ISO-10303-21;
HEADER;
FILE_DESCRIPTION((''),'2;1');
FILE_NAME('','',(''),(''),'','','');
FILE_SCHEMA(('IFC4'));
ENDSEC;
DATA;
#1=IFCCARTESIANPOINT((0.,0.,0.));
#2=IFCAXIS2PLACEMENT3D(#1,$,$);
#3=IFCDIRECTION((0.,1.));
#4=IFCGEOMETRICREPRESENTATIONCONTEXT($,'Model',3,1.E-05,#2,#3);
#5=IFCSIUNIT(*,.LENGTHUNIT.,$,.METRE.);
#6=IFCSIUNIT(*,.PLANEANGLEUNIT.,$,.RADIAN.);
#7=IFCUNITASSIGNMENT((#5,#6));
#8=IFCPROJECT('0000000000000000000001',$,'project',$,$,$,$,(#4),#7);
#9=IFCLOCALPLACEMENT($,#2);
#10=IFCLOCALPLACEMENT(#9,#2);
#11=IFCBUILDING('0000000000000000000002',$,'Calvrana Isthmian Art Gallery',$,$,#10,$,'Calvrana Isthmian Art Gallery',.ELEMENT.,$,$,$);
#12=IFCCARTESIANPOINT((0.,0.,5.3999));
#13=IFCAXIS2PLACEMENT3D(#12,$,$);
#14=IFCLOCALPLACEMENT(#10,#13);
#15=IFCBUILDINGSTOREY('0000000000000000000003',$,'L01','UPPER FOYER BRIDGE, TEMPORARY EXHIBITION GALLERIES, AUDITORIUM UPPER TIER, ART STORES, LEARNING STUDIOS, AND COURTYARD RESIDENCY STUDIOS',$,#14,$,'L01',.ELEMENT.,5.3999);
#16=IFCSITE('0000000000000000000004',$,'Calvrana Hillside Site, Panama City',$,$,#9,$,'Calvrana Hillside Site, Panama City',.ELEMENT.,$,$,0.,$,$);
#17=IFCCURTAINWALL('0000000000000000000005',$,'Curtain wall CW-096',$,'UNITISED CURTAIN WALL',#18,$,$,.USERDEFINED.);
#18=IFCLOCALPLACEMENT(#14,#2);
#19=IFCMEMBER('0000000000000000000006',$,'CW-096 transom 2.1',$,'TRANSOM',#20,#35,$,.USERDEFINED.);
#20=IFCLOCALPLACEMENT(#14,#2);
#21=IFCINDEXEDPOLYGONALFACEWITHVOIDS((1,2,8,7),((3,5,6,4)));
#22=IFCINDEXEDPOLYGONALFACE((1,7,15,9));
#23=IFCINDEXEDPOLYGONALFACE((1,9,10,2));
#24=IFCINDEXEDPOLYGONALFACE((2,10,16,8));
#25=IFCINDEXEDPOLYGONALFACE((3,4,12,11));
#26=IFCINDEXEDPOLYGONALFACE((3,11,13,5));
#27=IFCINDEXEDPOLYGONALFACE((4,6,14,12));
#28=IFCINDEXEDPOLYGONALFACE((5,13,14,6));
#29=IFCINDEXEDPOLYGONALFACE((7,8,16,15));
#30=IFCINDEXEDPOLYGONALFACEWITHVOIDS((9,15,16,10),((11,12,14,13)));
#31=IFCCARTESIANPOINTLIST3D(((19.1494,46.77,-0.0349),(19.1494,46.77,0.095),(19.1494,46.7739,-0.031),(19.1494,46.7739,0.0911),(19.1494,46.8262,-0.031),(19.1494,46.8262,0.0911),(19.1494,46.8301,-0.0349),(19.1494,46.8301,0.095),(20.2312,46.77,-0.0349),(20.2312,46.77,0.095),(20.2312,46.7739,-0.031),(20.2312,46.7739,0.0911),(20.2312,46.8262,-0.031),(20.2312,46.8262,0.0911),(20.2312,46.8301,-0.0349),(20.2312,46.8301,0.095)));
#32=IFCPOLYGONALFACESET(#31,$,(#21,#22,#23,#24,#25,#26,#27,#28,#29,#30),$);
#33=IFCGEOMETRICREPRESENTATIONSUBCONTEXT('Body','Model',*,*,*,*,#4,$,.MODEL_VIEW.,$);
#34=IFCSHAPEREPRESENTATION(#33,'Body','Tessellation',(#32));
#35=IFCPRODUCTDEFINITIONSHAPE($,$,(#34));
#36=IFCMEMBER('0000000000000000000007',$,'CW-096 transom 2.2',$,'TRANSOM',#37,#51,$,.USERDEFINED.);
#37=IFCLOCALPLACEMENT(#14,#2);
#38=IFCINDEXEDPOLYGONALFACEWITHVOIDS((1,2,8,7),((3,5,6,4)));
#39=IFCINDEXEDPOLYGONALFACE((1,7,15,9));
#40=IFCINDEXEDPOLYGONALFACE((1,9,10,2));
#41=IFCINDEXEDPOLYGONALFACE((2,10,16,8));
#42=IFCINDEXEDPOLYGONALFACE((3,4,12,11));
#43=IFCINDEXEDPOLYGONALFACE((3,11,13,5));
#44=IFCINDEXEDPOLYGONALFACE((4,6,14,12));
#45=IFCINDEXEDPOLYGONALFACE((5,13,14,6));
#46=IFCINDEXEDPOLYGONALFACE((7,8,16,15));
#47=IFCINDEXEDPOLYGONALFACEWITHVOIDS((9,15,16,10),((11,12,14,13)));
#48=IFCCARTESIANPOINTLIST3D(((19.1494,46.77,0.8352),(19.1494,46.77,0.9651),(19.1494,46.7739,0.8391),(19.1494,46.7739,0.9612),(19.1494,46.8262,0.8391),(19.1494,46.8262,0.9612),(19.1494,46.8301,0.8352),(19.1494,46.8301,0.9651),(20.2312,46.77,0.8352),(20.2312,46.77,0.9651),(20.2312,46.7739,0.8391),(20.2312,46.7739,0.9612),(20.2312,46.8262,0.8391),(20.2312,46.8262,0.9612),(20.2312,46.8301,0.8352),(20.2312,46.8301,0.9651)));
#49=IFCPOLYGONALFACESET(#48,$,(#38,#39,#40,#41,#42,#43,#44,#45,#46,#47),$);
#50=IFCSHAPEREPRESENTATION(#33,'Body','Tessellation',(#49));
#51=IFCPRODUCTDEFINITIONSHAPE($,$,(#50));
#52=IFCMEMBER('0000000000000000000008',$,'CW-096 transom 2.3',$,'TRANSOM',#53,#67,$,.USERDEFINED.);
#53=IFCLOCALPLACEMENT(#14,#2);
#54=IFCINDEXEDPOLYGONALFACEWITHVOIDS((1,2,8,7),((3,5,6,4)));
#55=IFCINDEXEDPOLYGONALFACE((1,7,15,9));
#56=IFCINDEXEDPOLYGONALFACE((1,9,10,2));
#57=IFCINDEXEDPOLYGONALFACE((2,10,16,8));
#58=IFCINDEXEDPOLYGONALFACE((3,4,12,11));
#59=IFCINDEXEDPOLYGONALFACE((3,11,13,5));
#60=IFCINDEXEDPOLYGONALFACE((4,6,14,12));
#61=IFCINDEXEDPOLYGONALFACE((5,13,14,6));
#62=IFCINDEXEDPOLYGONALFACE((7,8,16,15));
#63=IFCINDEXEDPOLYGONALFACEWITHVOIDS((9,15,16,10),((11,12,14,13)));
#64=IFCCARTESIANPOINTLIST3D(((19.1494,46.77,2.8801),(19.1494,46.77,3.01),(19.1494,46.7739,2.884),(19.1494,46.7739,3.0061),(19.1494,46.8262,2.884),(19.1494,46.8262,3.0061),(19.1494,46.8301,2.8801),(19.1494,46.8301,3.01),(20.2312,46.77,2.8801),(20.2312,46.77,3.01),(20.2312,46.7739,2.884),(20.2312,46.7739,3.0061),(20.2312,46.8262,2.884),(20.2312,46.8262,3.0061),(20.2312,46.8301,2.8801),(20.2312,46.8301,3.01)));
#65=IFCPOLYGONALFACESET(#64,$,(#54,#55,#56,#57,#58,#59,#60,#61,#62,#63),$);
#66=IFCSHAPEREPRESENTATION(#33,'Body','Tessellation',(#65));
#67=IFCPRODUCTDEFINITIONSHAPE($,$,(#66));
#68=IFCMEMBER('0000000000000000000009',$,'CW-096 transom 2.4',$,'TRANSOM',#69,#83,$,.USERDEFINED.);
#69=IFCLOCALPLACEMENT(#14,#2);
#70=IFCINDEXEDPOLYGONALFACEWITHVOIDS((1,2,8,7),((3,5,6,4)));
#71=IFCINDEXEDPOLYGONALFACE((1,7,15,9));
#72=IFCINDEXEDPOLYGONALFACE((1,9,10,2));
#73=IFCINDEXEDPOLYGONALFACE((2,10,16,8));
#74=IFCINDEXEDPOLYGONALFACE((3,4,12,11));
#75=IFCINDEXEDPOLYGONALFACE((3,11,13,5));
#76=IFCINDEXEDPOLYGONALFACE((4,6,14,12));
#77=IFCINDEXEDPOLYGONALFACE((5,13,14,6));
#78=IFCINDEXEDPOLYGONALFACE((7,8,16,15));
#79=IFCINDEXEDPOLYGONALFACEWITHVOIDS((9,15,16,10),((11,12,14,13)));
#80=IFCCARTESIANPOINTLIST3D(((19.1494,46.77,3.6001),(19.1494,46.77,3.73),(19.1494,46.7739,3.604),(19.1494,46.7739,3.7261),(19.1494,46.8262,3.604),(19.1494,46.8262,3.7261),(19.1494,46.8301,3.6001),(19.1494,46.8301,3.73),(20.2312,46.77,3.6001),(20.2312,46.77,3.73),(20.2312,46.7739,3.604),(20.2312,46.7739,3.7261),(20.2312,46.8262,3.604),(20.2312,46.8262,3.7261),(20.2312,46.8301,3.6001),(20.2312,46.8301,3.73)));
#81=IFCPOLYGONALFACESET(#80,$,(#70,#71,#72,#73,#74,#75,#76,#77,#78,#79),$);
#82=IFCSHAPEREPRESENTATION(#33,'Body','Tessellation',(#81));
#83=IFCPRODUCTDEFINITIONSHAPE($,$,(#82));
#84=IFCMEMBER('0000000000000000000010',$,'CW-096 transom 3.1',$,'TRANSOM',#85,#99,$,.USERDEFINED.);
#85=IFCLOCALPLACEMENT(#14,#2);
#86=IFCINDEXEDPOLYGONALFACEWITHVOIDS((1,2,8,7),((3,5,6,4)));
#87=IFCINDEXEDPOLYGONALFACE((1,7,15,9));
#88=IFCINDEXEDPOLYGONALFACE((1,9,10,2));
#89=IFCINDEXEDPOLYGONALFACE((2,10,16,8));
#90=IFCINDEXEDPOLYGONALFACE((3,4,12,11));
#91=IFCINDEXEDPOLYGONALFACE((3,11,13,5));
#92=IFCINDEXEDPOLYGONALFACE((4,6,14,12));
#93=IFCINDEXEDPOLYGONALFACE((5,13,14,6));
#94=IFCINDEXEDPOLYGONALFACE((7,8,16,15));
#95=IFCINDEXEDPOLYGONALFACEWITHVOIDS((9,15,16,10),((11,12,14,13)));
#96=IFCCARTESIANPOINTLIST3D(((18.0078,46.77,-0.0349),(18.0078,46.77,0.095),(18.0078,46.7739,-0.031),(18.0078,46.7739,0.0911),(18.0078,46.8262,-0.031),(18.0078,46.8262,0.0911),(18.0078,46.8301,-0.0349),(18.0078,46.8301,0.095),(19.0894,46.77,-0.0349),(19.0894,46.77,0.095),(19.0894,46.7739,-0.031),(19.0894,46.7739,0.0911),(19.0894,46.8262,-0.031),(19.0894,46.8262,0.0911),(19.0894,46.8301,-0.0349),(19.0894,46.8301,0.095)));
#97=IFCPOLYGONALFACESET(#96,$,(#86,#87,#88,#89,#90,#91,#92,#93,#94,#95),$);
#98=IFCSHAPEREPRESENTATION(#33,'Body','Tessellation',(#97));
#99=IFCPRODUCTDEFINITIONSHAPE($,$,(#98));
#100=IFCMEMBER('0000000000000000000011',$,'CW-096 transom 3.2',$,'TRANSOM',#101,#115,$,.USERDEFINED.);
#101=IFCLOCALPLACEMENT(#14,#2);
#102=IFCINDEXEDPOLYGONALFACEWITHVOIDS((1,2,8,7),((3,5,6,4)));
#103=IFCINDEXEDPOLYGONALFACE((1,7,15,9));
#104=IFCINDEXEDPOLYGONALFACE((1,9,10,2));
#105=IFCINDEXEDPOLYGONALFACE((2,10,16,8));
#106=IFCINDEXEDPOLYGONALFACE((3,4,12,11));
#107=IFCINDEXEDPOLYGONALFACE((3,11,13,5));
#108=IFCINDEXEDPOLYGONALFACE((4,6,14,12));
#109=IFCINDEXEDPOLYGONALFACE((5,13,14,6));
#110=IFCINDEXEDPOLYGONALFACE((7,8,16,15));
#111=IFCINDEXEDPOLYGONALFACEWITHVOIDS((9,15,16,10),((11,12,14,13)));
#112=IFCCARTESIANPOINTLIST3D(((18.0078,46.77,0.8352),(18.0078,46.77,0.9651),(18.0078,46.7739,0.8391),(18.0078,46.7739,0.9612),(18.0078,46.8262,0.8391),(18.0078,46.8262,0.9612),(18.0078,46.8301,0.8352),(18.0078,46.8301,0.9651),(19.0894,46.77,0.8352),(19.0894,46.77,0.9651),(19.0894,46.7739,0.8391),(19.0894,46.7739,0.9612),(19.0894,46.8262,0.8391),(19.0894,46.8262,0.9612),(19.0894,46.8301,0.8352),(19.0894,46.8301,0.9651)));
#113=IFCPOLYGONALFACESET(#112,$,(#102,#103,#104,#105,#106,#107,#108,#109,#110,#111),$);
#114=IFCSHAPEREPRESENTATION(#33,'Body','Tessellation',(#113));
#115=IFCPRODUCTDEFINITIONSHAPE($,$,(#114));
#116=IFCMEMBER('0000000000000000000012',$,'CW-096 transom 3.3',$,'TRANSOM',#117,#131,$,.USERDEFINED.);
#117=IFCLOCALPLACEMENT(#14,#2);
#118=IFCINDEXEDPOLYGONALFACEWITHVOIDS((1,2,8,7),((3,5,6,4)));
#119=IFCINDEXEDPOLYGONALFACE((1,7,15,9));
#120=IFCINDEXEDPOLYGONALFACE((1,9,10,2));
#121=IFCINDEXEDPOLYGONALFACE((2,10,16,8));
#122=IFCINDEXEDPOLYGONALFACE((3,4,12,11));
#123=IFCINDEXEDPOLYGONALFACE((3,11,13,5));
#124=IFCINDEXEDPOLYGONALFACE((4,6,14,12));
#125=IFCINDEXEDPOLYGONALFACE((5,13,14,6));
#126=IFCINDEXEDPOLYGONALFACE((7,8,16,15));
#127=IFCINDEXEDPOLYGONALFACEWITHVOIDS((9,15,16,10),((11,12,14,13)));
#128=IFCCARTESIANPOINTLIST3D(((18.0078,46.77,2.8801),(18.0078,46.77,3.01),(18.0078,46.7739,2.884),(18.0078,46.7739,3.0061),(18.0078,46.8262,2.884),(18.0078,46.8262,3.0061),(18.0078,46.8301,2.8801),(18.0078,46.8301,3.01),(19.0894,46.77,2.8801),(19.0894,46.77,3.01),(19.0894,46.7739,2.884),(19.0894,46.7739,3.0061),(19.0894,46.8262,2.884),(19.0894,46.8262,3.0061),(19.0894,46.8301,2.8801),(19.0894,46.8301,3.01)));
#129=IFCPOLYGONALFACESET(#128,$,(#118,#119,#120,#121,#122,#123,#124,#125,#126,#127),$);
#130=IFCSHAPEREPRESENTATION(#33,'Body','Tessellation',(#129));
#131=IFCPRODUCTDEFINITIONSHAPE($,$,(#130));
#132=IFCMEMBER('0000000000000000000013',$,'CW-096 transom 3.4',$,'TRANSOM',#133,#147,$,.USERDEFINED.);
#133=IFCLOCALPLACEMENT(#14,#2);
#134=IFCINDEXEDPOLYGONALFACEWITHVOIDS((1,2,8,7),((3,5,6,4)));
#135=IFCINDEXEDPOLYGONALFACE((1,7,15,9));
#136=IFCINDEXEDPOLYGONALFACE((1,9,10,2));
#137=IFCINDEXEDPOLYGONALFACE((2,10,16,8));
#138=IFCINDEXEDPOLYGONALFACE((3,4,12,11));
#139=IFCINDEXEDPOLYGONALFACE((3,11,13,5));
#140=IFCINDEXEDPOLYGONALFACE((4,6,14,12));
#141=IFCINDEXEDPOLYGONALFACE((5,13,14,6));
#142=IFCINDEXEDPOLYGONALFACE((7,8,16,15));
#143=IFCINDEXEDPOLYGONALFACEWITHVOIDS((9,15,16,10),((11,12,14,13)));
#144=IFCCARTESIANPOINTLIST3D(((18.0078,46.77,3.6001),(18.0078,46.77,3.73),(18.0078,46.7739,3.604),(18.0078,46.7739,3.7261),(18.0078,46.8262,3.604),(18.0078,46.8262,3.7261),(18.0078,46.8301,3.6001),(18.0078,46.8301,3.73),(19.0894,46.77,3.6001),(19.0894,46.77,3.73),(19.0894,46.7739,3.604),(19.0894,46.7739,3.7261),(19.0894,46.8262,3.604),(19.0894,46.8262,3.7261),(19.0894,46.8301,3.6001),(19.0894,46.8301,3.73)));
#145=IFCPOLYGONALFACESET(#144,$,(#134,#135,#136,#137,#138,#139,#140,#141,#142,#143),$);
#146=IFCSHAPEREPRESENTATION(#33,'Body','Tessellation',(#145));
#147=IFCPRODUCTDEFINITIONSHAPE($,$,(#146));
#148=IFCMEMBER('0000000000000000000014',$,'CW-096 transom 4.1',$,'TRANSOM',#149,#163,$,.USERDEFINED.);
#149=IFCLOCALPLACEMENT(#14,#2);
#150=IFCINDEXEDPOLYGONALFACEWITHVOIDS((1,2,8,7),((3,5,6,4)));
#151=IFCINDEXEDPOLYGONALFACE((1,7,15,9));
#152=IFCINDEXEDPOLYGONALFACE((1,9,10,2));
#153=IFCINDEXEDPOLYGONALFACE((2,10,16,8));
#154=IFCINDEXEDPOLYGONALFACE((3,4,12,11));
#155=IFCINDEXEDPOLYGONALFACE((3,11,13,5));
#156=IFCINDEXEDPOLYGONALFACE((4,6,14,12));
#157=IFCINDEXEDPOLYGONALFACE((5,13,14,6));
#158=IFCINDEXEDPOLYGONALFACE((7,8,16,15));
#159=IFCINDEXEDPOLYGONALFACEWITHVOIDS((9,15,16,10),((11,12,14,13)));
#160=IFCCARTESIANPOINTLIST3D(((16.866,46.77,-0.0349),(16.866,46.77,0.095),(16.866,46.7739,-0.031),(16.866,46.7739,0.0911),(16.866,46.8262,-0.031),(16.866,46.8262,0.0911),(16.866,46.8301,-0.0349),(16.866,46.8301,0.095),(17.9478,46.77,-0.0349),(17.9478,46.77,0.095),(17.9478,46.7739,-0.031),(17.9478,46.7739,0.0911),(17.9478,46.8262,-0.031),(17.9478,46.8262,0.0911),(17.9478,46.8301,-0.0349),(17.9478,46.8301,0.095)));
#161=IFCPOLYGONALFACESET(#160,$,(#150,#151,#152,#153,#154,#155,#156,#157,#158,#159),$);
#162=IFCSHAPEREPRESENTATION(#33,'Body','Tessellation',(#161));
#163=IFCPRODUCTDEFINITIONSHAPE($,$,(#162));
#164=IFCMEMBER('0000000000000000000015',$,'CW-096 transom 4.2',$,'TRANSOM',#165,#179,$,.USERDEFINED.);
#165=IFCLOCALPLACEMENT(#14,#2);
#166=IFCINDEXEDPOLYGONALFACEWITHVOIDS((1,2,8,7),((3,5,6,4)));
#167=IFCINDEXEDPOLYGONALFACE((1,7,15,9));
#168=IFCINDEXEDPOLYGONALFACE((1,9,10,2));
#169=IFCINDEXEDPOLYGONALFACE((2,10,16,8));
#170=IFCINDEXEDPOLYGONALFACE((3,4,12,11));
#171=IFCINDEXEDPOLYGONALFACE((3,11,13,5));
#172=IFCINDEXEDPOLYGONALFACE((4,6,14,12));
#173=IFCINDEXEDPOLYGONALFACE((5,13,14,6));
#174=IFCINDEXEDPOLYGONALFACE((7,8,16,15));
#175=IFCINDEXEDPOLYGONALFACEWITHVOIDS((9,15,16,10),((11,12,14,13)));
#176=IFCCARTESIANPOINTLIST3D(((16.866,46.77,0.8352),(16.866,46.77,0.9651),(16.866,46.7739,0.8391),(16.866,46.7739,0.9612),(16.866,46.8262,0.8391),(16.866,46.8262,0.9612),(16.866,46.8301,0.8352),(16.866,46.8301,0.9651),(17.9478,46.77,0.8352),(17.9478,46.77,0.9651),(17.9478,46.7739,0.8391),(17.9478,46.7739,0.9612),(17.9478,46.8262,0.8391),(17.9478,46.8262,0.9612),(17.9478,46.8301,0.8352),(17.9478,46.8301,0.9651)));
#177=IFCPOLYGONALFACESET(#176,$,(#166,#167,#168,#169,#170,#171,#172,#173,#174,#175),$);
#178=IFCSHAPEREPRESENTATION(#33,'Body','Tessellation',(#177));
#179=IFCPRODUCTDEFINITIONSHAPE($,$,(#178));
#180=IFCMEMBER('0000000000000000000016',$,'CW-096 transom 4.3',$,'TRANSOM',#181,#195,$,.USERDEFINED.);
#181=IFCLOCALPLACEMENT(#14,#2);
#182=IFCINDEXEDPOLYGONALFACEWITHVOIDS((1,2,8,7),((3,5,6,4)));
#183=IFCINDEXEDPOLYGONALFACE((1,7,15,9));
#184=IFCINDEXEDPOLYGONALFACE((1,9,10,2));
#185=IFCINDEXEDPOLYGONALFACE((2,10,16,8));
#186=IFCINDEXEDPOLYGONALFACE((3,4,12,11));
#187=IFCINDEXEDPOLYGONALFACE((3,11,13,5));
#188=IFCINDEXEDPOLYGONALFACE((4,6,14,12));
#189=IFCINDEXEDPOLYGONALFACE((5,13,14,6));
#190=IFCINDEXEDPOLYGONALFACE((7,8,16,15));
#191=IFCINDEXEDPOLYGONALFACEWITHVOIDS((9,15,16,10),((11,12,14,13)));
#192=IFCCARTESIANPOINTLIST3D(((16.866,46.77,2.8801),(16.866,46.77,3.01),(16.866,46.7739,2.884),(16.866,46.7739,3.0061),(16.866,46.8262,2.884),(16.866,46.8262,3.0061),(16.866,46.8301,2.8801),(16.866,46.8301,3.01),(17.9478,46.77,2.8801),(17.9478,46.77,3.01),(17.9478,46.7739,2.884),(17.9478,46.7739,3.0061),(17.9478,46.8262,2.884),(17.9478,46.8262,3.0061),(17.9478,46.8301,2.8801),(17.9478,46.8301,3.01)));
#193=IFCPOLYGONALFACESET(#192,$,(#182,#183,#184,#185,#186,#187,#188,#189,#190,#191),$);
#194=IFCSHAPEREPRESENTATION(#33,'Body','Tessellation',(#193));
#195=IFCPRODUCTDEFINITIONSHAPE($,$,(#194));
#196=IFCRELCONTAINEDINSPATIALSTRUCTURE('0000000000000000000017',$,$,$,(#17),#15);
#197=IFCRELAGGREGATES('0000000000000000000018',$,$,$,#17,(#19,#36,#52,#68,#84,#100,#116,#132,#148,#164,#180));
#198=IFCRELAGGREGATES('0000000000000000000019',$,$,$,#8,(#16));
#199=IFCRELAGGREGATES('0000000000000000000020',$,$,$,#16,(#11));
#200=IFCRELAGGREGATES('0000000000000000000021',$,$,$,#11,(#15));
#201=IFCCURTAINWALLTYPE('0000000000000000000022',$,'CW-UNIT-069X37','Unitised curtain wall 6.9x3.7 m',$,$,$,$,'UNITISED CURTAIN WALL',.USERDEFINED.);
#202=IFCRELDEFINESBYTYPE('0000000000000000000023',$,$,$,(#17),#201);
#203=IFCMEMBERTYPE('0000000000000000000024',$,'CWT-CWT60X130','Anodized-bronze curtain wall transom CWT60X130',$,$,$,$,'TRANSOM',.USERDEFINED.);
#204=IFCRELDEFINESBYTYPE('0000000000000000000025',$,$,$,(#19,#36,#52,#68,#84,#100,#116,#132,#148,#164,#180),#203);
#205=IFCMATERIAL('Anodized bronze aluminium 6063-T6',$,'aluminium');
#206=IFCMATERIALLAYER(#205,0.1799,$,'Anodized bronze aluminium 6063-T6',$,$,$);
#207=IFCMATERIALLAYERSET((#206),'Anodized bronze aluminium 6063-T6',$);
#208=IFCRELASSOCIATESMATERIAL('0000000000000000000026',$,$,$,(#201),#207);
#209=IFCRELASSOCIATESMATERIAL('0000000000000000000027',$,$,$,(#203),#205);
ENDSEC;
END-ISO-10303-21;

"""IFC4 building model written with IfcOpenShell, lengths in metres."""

from ifc_helpers import new_model, si_unit, direction, frame, origin, origin_2d, place, context, subcontext, project, spatial, hollow_rectangle, extrude, material, layer, layer_set, material_profile, profile_set, type_object, element, aggregate, save


model = new_model("IFC4")

# Units and contexts
model_context = context("Model", 3, precision=1e-05, world=origin(), true_north=direction((0.0, 1.0)))
body_context = subcontext(model_context, "Body", "Model", "MODEL_VIEW")
ifc_project = project(units=[si_unit("LENGTHUNIT", "METRE"), si_unit("PLANEANGLEUNIT", "RADIAN")], contexts=[model_context])

# Site, building, storey
site_placement = place(None, origin())
site = spatial("IfcSite", under=ifc_project, at=site_placement, Name="Calvrana Hillside Site, Panama City", LongName="Calvrana Hillside Site, Panama City", CompositionType="ELEMENT", RefElevation=0.0)
building_placement = place(site_placement, origin())
building = spatial("IfcBuilding", under=site, at=building_placement, Name="Calvrana Isthmian Art Gallery", LongName="Calvrana Isthmian Art Gallery", CompositionType="ELEMENT")
storey_placement = place(building_placement, frame((0.0, 0.0, 5.3999)))
storey = spatial("IfcBuildingStorey", under=building, at=storey_placement, Name="L01", Description="UPPER FOYER BRIDGE, TEMPORARY EXHIBITION GALLERIES, AUDITORIUM UPPER TIER, ART STORES, LEARNING STUDIOS, AND COURTYARD RESIDENCY STUDIOS", LongName="L01", CompositionType="ELEMENT", Elevation=5.3999)

# Curtain wall, members
ifc_material_1 = material(Name="Anodized bronze aluminium 6063-T6", Category="aluminium")
ifc_layer_1 = layer(ifc_material_1, 0.1799, Name="Anodized bronze aluminium 6063-T6")
ifc_layer_set_1 = layer_set([ifc_layer_1], Name="Anodized bronze aluminium 6063-T6")
curtain_wall_type = type_object("IfcCurtainWallType", Name="CW-UNIT-069X37", Description="Unitised curtain wall 6.9x3.7 m", ElementType="UNITISED CURTAIN WALL", PredefinedType="USERDEFINED", material=ifc_layer_set_1)
curtain_wall_placement = place(storey_placement, origin())
curtain_wall = element("IfcCurtainWall", 1, at=curtain_wall_placement, inside=storey, type_object=curtain_wall_type, Name="Curtain wall CW-096", ObjectType="UNITISED CURTAIN WALL", PredefinedType="USERDEFINED")
ifc_material_profile_1 = material_profile(ifc_material_1, hollow_rectangle(XDim=0.0601, YDim=0.1299, WallThickness=0.0039, at=origin_2d()), Name="CWT60X130")
ifc_profile_set_1 = profile_set([ifc_material_profile_1], Name="Anodized bronze aluminium 6063-T6")
member_type_1 = type_object("IfcMemberType", Name="CWT-CWT60X130", Description="Anodized-bronze curtain wall transom CWT60X130", ElementType="TRANSOM", PredefinedType="USERDEFINED", material=ifc_profile_set_1)
member_1_placement = place(storey_placement, frame((20.2312, 46.8, 0.03), z_axis=(-1.0, 0.0, 0.0), x_axis=(0.0, -1.0, 0.0)))
member_1 = element("IfcMember", 2, at=member_1_placement, type_object=member_type_1, Name="CW-096 transom 2.1", ObjectType="TRANSOM", PredefinedType="USERDEFINED", context=body_context, shape_type="SweptSolid", body=[
    extrude(hollow_rectangle(XDim=0.0601, YDim=0.1299, WallThickness=0.0039, at=origin_2d()), origin(), (0.0, 0.0, 1.0), 1.0818),
])
member_2_placement = place(storey_placement, frame((20.2312, 46.8, 0.9001), z_axis=(-1.0, 0.0, 0.0), x_axis=(0.0, -1.0, 0.0)))
member_2 = element("IfcMember", 3, at=member_2_placement, type_object=member_type_1, Name="CW-096 transom 2.2", ObjectType="TRANSOM", PredefinedType="USERDEFINED", context=body_context, shape_type="SweptSolid", body=[
    extrude(hollow_rectangle(XDim=0.0601, YDim=0.1299, WallThickness=0.0039, at=origin_2d()), origin(), (0.0, 0.0, 1.0), 1.0818),
])
member_3_placement = place(storey_placement, frame((20.2312, 46.8, 2.9451), z_axis=(-1.0, 0.0, 0.0), x_axis=(0.0, -1.0, 0.0)))
member_3 = element("IfcMember", 4, at=member_3_placement, type_object=member_type_1, Name="CW-096 transom 2.3", ObjectType="TRANSOM", PredefinedType="USERDEFINED", context=body_context, shape_type="SweptSolid", body=[
    extrude(hollow_rectangle(XDim=0.0601, YDim=0.1299, WallThickness=0.0039, at=origin_2d()), origin(), (0.0, 0.0, 1.0), 1.0818),
])
member_4_placement = place(storey_placement, frame((20.2312, 46.8, 3.665), z_axis=(-1.0, 0.0, 0.0), x_axis=(0.0, -1.0, 0.0)))
member_4 = element("IfcMember", 5, at=member_4_placement, type_object=member_type_1, Name="CW-096 transom 2.4", ObjectType="TRANSOM", PredefinedType="USERDEFINED", context=body_context, shape_type="SweptSolid", body=[
    extrude(hollow_rectangle(XDim=0.0601, YDim=0.1299, WallThickness=0.0039, at=origin_2d()), origin(), (0.0, 0.0, 1.0), 1.0818),
])
member_5_placement = place(storey_placement, frame((19.0894, 46.8, 0.03), z_axis=(-1.0, 0.0, 0.0), x_axis=(0.0, -1.0, 0.0)))
member_5 = element("IfcMember", 6, at=member_5_placement, type_object=member_type_1, Name="CW-096 transom 3.1", ObjectType="TRANSOM", PredefinedType="USERDEFINED", context=body_context, shape_type="SweptSolid", body=[
    extrude(hollow_rectangle(XDim=0.0601, YDim=0.1299, WallThickness=0.0039, at=origin_2d()), origin(), (0.0, 0.0, 1.0), 1.0815),
])
member_6_placement = place(storey_placement, frame((19.0894, 46.8, 0.9001), z_axis=(-1.0, 0.0, 0.0), x_axis=(0.0, -1.0, 0.0)))
member_6 = element("IfcMember", 7, at=member_6_placement, type_object=member_type_1, Name="CW-096 transom 3.2", ObjectType="TRANSOM", PredefinedType="USERDEFINED", context=body_context, shape_type="SweptSolid", body=[
    extrude(hollow_rectangle(XDim=0.0601, YDim=0.1299, WallThickness=0.0039, at=origin_2d()), origin(), (0.0, 0.0, 1.0), 1.0815),
])
member_7_placement = place(storey_placement, frame((19.0894, 46.8, 2.9451), z_axis=(-1.0, 0.0, 0.0), x_axis=(0.0, -1.0, 0.0)))
member_7 = element("IfcMember", 8, at=member_7_placement, type_object=member_type_1, Name="CW-096 transom 3.3", ObjectType="TRANSOM", PredefinedType="USERDEFINED", context=body_context, shape_type="SweptSolid", body=[
    extrude(hollow_rectangle(XDim=0.0601, YDim=0.1299, WallThickness=0.0039, at=origin_2d()), origin(), (0.0, 0.0, 1.0), 1.0815),
])
member_8_placement = place(storey_placement, frame((19.0894, 46.8, 3.665), z_axis=(-1.0, 0.0, 0.0), x_axis=(0.0, -1.0, 0.0)))
member_8 = element("IfcMember", 9, at=member_8_placement, type_object=member_type_1, Name="CW-096 transom 3.4", ObjectType="TRANSOM", PredefinedType="USERDEFINED", context=body_context, shape_type="SweptSolid", body=[
    extrude(hollow_rectangle(XDim=0.0601, YDim=0.1299, WallThickness=0.0039, at=origin_2d()), origin(), (0.0, 0.0, 1.0), 1.0815),
])
member_9_placement = place(storey_placement, frame((17.9478, 46.8, 0.03), z_axis=(-1.0, 0.0, 0.0), x_axis=(0.0, -1.0, 0.0)))
member_9 = element("IfcMember", 10, at=member_9_placement, type_object=member_type_1, Name="CW-096 transom 4.1", ObjectType="TRANSOM", PredefinedType="USERDEFINED", context=body_context, shape_type="SweptSolid", body=[
    extrude(hollow_rectangle(XDim=0.0601, YDim=0.1299, WallThickness=0.0039, at=origin_2d()), origin(), (0.0, 0.0, 1.0), 1.0818),
])
member_10_placement = place(storey_placement, frame((17.9478, 46.8, 0.9001), z_axis=(-1.0, 0.0, 0.0), x_axis=(0.0, -1.0, 0.0)))
member_10 = element("IfcMember", 11, at=member_10_placement, type_object=member_type_1, Name="CW-096 transom 4.2", ObjectType="TRANSOM", PredefinedType="USERDEFINED", context=body_context, shape_type="SweptSolid", body=[
    extrude(hollow_rectangle(XDim=0.0601, YDim=0.1299, WallThickness=0.0039, at=origin_2d()), origin(), (0.0, 0.0, 1.0), 1.0818),
])
member_11_placement = place(storey_placement, frame((17.9478, 46.8, 2.9451), z_axis=(-1.0, 0.0, 0.0), x_axis=(0.0, -1.0, 0.0)))
member_11 = element("IfcMember", 12, at=member_11_placement, type_object=member_type_1, Name="CW-096 transom 4.3", ObjectType="TRANSOM", PredefinedType="USERDEFINED", context=body_context, shape_type="SweptSolid", body=[
    extrude(hollow_rectangle(XDim=0.0601, YDim=0.1299, WallThickness=0.0039, at=origin_2d()), origin(), (0.0, 0.0, 1.0), 1.0818),
])
aggregate(curtain_wall, [member_1, member_2, member_3, member_4, member_5, member_6, member_7, member_8, member_9, member_10, member_11])

save(model, "model.ifc")
